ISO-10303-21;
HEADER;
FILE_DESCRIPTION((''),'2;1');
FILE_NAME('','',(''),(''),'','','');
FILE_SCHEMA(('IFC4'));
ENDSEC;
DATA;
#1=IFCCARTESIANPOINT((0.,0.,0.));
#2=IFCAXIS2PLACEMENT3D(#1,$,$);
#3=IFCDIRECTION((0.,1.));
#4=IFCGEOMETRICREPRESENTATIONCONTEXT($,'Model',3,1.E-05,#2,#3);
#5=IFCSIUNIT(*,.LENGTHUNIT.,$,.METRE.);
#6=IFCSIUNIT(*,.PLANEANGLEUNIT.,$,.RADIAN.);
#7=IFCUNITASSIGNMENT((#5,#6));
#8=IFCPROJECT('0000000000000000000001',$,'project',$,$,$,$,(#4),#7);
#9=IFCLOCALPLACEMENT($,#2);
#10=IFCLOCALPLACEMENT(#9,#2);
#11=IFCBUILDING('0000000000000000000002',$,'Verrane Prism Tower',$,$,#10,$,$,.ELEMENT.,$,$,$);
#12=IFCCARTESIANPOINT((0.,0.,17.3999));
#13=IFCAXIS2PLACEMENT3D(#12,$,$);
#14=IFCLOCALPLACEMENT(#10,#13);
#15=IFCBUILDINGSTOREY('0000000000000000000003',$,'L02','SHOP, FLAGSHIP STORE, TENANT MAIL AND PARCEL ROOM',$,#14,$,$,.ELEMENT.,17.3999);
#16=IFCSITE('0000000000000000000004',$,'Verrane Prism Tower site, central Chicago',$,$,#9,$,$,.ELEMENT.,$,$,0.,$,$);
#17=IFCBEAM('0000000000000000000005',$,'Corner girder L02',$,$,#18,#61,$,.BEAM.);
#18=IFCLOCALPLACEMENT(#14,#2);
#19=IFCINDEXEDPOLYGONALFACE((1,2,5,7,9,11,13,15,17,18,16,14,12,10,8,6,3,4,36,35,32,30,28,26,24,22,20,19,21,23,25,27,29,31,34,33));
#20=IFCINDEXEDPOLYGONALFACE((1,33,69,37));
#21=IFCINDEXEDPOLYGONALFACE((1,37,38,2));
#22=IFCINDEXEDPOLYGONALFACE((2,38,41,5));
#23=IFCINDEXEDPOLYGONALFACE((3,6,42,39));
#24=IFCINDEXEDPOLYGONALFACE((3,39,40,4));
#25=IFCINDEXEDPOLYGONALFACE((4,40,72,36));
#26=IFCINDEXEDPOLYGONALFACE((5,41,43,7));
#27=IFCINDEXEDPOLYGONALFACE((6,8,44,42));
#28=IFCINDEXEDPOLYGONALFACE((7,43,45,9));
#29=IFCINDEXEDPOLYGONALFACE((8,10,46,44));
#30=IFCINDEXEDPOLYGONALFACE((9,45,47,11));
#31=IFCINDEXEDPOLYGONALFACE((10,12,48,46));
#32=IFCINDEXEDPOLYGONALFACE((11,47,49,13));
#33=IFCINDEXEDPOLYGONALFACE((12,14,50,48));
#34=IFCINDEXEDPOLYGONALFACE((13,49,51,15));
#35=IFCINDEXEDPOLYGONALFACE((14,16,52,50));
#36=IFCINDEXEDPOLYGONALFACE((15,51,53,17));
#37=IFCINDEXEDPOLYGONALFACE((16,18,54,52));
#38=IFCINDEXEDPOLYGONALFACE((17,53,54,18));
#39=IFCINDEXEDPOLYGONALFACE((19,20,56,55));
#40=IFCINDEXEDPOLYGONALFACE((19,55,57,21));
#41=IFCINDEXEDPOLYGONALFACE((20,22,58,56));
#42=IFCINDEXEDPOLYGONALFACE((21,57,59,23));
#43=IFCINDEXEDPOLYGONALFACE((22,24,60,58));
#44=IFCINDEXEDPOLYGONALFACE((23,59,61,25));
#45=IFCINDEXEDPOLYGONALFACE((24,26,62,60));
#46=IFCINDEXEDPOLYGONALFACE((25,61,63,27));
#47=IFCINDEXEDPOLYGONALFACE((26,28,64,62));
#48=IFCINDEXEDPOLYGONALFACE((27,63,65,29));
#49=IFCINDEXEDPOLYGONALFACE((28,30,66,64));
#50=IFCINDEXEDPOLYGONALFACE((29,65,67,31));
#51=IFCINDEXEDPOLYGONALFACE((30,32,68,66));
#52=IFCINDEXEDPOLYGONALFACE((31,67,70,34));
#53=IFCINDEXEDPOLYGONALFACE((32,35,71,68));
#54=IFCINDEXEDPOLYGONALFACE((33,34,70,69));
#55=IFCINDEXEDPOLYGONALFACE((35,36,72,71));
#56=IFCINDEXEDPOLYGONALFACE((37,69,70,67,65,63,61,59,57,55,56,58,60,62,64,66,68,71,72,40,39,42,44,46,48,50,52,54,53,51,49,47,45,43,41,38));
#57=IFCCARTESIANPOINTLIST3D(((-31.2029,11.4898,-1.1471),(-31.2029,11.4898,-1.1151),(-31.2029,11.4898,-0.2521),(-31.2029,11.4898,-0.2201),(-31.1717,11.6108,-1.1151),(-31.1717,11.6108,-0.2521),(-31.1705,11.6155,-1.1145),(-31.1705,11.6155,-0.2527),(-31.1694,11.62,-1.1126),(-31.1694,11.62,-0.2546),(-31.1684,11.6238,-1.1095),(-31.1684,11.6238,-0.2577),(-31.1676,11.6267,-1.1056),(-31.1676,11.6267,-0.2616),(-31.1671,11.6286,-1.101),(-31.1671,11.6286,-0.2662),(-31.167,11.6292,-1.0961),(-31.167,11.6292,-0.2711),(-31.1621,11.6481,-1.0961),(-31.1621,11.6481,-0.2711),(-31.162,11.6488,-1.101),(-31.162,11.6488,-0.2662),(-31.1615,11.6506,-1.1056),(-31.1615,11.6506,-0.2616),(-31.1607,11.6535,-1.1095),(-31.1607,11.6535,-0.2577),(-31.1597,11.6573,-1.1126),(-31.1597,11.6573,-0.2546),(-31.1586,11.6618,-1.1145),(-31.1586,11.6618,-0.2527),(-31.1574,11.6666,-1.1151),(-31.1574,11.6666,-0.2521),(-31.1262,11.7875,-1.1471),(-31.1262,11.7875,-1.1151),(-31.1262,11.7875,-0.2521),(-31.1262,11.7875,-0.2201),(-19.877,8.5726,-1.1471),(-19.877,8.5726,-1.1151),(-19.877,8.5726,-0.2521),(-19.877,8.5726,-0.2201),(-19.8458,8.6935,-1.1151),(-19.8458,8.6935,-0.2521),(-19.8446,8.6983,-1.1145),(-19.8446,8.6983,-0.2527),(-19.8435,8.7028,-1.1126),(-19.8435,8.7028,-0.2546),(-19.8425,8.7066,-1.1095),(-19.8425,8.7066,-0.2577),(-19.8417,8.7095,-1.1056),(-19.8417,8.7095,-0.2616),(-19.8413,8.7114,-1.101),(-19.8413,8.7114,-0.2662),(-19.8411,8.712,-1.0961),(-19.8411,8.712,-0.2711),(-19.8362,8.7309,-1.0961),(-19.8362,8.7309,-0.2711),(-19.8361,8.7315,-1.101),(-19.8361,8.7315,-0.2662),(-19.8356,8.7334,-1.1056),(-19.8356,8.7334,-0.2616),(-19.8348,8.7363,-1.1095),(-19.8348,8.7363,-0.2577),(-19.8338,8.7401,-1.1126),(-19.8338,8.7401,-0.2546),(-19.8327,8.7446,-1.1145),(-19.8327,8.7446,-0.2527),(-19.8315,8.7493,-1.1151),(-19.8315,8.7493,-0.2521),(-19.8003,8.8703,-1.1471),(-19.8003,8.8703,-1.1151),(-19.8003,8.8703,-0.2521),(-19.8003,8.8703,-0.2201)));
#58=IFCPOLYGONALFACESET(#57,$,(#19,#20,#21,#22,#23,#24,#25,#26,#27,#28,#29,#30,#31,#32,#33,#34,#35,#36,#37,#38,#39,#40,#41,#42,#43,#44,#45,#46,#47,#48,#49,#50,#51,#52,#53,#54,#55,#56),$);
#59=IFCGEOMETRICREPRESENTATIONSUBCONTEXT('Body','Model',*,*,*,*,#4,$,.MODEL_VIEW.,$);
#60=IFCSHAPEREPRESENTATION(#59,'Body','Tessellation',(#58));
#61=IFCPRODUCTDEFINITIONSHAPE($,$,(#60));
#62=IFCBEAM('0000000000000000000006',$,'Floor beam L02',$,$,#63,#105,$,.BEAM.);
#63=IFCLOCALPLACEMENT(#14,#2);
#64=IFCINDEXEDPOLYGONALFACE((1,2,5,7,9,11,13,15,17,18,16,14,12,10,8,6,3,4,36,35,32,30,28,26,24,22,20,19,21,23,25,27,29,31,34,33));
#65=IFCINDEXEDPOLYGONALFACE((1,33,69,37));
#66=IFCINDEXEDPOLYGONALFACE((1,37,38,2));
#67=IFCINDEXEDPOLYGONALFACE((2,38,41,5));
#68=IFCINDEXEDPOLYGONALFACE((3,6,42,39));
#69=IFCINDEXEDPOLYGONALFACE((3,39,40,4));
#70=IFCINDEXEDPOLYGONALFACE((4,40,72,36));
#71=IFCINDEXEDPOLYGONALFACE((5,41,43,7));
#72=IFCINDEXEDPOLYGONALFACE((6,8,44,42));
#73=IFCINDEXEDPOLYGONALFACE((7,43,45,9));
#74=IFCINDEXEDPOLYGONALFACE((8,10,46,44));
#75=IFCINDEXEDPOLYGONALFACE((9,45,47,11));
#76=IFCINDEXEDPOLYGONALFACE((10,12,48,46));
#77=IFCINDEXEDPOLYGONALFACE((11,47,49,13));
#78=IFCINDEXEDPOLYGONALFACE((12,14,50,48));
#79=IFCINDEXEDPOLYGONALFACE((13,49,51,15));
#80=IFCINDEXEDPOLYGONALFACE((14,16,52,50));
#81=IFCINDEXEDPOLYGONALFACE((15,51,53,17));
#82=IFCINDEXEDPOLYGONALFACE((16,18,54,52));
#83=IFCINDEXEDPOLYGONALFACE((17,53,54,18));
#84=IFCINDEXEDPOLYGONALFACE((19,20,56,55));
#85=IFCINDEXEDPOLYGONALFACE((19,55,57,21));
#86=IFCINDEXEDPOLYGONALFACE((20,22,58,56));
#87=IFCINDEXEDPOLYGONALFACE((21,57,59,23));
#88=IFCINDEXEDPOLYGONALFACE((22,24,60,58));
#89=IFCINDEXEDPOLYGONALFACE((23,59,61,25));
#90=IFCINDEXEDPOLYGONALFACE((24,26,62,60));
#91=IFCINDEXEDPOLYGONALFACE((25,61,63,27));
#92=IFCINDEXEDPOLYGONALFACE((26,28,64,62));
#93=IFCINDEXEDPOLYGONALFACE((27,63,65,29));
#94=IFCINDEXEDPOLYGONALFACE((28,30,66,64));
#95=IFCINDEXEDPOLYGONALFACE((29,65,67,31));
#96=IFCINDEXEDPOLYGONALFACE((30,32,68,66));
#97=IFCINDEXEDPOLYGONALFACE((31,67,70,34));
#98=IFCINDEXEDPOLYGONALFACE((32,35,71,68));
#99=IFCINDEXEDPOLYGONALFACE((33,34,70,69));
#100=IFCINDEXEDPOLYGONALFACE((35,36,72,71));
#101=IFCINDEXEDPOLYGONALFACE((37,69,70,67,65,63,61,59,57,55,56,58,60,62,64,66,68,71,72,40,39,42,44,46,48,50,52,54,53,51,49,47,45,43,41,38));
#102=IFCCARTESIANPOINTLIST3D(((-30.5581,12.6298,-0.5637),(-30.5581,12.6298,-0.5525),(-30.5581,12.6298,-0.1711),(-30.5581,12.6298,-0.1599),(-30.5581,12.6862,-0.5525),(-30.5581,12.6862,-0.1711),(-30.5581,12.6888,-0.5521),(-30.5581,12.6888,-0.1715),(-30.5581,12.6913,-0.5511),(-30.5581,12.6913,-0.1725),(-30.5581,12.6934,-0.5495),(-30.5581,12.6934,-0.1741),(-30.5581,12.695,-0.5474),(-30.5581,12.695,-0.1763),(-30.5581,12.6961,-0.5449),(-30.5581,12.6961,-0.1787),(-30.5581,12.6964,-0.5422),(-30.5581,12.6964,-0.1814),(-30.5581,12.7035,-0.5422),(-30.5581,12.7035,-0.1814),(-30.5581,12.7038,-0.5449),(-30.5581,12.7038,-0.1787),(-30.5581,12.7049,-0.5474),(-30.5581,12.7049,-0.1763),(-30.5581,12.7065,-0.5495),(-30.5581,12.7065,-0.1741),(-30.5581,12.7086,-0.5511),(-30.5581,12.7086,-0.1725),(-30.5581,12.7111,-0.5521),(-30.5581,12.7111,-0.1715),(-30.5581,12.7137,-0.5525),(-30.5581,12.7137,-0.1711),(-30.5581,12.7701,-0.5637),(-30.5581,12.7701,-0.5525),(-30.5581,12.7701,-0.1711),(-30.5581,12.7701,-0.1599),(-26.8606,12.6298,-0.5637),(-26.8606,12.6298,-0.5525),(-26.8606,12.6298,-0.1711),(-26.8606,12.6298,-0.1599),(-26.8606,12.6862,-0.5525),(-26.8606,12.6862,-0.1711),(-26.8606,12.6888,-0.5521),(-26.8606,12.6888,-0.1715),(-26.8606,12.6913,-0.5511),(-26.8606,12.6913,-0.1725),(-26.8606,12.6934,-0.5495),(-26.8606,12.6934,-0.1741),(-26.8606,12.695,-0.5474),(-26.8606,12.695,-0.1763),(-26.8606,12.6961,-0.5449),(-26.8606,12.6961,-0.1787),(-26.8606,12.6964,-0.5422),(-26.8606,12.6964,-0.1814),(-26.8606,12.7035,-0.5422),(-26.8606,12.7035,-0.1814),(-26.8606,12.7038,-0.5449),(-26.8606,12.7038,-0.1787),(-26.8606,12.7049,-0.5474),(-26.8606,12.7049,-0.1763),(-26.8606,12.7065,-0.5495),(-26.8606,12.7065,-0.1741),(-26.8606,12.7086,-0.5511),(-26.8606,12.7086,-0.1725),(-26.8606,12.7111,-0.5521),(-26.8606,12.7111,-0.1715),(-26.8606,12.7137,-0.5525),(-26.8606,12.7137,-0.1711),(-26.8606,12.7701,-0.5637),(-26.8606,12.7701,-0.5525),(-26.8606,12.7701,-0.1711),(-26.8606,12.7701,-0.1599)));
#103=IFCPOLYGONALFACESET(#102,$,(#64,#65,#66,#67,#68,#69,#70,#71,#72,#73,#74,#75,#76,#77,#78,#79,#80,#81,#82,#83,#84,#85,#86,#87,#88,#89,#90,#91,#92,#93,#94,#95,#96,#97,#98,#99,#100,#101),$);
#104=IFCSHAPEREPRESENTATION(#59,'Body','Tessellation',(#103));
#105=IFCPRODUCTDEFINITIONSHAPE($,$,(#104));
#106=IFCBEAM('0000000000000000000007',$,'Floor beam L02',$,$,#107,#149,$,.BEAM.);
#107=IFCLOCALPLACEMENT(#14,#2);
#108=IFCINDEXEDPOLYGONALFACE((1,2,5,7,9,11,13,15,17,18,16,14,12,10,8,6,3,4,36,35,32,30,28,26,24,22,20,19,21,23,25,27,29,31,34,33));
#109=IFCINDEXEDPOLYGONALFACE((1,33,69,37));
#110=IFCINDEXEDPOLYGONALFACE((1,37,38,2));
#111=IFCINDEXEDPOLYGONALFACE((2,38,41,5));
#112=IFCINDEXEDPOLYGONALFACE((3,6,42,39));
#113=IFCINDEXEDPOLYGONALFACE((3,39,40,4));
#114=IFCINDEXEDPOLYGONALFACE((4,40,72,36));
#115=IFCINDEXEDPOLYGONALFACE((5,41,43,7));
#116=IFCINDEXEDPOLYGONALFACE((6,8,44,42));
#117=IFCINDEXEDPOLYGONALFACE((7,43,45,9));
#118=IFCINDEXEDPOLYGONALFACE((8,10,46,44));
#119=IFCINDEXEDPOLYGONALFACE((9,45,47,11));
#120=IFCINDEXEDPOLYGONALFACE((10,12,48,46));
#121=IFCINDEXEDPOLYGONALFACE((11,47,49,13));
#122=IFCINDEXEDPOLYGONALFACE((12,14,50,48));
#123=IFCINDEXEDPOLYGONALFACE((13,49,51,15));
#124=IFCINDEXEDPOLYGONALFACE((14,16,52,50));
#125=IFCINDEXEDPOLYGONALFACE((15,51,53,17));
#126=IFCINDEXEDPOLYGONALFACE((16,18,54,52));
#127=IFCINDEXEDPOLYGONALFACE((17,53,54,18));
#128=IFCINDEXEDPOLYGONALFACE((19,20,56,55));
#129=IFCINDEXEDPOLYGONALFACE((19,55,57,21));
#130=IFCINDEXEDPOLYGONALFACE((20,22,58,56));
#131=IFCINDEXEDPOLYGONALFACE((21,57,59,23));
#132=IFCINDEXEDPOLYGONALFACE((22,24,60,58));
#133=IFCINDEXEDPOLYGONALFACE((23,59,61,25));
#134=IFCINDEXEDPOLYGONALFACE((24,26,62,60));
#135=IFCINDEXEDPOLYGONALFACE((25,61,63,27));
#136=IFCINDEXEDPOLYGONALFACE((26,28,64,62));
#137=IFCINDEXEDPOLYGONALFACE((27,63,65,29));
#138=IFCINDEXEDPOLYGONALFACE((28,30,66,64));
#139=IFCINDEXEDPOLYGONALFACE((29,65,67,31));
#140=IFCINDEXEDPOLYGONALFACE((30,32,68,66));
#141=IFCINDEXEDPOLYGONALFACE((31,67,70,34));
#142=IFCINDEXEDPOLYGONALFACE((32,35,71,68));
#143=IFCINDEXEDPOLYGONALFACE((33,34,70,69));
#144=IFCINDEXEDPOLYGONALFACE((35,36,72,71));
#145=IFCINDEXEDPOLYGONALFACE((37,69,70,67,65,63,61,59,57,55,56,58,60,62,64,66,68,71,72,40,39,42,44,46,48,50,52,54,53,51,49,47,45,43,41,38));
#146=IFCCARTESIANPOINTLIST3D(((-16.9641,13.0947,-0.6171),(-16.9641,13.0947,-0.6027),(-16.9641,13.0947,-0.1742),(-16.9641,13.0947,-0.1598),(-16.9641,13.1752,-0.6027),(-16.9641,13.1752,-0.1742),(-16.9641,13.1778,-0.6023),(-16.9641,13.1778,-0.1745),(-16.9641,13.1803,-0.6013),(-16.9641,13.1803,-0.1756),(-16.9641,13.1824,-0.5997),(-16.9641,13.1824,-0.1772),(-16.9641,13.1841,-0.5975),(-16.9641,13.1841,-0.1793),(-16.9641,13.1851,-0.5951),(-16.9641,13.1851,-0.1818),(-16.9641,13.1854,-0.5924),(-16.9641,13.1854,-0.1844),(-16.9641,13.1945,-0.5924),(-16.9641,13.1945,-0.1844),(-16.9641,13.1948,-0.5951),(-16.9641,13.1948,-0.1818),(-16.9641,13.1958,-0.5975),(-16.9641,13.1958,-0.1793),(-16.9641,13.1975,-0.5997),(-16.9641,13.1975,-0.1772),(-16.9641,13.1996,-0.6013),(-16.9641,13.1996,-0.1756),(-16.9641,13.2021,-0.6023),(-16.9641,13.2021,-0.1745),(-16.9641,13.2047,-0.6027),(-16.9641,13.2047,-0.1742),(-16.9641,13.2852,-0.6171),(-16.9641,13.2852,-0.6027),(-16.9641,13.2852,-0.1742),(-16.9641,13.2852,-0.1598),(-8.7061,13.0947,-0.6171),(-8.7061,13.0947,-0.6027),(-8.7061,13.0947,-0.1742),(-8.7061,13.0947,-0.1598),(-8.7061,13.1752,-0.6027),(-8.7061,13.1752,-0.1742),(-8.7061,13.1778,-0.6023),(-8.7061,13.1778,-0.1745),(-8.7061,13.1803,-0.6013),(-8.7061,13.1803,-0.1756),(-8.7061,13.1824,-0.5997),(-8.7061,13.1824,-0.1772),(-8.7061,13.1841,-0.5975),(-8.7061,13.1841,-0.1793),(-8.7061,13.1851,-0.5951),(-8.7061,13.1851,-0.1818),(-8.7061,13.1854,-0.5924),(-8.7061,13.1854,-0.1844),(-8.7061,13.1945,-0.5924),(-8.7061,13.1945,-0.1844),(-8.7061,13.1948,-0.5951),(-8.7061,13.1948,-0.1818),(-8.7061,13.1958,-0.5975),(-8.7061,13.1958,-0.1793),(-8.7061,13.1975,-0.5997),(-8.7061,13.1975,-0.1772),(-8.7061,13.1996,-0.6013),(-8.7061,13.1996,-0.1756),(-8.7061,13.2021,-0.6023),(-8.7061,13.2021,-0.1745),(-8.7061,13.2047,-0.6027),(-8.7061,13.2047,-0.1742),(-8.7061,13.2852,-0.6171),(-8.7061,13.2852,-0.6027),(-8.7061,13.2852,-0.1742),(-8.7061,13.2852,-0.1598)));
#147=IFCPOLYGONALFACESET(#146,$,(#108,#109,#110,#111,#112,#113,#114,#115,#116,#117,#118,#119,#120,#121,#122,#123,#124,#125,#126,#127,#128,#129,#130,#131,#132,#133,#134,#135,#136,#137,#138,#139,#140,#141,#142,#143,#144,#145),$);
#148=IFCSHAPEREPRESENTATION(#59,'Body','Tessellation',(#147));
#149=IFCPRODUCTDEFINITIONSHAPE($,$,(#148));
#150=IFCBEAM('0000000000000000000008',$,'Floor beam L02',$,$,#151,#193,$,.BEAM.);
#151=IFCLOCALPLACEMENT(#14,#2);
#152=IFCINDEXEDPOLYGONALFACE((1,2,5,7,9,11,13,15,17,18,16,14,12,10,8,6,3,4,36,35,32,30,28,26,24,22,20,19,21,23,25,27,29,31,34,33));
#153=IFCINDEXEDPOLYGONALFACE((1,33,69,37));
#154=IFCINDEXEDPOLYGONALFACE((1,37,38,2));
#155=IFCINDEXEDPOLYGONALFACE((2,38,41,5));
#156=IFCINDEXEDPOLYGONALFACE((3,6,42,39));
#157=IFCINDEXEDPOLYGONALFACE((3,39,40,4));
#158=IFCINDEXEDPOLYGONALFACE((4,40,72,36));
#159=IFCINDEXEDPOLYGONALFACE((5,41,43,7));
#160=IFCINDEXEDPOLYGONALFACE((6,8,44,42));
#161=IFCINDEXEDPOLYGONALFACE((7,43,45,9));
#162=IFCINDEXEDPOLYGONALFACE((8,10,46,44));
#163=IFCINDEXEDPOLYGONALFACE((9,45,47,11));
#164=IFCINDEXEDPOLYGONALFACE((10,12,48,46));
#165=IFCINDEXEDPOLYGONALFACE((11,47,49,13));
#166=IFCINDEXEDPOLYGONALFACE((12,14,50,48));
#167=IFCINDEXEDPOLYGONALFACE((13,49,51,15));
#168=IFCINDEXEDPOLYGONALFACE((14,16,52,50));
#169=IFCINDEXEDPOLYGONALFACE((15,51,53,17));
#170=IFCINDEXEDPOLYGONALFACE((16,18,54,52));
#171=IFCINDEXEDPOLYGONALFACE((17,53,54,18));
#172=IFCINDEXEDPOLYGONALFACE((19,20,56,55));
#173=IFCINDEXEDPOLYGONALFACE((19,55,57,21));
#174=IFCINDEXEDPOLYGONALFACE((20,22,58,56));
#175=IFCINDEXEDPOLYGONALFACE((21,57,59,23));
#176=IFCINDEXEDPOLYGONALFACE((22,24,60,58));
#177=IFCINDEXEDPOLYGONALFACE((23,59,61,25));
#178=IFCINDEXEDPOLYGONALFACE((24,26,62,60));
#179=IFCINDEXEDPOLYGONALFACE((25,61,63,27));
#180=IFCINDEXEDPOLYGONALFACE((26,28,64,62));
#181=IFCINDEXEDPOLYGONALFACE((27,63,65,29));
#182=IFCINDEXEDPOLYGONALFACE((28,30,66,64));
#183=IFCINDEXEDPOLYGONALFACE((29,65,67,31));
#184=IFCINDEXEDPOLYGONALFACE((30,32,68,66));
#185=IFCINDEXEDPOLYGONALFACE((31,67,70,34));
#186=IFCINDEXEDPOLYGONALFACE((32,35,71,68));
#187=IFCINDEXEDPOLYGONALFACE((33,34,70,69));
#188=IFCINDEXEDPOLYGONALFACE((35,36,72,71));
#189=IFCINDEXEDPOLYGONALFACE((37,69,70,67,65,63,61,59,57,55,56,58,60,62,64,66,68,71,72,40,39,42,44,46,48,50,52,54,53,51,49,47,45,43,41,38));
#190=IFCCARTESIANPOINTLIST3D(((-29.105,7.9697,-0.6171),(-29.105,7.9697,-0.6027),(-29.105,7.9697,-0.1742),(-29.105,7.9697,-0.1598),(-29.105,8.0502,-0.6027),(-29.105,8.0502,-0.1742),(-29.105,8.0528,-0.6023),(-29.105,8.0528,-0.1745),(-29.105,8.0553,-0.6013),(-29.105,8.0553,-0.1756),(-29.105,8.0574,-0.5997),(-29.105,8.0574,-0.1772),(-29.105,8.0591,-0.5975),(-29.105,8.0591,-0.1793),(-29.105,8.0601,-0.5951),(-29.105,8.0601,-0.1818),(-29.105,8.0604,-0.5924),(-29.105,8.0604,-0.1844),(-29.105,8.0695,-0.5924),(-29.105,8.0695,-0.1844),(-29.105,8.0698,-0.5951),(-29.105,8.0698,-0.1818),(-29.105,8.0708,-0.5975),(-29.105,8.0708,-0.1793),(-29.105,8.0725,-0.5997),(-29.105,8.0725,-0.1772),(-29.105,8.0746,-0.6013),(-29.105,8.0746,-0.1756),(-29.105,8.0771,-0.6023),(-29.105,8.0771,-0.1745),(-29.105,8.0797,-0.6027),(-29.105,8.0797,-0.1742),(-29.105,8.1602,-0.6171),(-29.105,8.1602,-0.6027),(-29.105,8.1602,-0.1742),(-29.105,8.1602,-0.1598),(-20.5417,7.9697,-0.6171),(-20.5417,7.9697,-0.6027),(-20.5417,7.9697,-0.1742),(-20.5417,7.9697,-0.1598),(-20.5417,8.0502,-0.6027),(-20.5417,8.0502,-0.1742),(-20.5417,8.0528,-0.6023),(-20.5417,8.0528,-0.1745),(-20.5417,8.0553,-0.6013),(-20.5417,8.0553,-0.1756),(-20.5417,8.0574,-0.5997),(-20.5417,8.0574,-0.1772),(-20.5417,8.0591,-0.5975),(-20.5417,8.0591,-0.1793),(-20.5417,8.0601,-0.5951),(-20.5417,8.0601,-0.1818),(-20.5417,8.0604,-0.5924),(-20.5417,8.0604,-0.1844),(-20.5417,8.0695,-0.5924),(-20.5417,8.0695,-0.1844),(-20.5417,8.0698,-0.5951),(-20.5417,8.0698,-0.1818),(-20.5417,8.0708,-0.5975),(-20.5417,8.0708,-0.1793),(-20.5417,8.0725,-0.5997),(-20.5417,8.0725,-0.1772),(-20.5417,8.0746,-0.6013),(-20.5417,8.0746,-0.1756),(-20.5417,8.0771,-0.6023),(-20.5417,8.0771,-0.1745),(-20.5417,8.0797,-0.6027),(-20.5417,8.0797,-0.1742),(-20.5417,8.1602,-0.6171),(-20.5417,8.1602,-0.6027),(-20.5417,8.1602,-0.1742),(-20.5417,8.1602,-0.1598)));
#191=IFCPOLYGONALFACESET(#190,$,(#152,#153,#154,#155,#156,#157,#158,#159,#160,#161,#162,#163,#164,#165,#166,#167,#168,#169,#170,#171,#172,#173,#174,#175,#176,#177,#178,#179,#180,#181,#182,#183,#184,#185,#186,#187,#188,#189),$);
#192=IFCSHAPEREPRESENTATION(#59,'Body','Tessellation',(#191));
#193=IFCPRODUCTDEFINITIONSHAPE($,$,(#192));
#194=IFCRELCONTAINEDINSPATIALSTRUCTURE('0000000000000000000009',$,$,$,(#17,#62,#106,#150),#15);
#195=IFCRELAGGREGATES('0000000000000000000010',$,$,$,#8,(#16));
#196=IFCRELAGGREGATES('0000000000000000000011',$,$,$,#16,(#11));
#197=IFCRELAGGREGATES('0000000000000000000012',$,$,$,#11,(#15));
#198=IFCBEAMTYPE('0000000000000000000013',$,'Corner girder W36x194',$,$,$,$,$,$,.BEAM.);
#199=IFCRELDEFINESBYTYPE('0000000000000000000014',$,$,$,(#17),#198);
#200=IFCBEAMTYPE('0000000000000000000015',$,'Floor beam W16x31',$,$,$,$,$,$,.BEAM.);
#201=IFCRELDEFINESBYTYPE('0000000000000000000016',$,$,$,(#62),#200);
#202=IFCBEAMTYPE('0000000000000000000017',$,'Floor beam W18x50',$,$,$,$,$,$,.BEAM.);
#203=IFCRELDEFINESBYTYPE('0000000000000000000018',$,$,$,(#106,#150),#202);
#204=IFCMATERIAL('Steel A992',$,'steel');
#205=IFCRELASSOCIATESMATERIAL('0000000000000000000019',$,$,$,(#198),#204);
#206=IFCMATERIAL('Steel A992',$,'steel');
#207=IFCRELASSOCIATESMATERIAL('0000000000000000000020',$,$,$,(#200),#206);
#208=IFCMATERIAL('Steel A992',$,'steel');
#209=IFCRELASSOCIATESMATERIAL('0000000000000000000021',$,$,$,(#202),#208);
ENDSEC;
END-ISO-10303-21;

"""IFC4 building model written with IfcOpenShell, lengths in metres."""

from ifc_helpers import new_model, si_unit, direction, frame, origin, origin_2d, place, context, subcontext, project, spatial, i_section, extrude, material, material_profile, profile_set, type_object, element, save


model = new_model("IFC4")

# Units and contexts
model_context = context("Model", 3, precision=1e-05, world=origin(), true_north=direction((0.0, 1.0)))
body_context = subcontext(model_context, "Body", "Model", "MODEL_VIEW")
ifc_project = project(units=[si_unit("LENGTHUNIT", "METRE"), si_unit("PLANEANGLEUNIT", "RADIAN")], contexts=[model_context])

# Site, building, storey
site_placement = place(None, origin())
site = spatial("IfcSite", under=ifc_project, at=site_placement, Name="Verrane Prism Tower site, central Chicago", CompositionType="ELEMENT", RefElevation=0.0)
building_placement = place(site_placement, origin())
building = spatial("IfcBuilding", under=site, at=building_placement, Name="Verrane Prism Tower", CompositionType="ELEMENT")
storey_placement = place(building_placement, frame((0.0, 0.0, 17.3999)))
storey = spatial("IfcBuildingStorey", under=building, at=storey_placement, Name="L02", Description="SHOP, FLAGSHIP STORE, TENANT MAIL AND PARCEL ROOM", CompositionType="ELEMENT", Elevation=17.3999)

# Beams
ifc_material_1 = material(Name="Steel A992", Category="steel")
ifc_material_profile_1 = material_profile(ifc_material_1, i_section(OverallWidth=0.3074, OverallDepth=0.927, WebThickness=0.0195, FlangeThickness=0.032, FilletRadius=0.019, at=origin_2d()), Name="W36x194")
ifc_profile_set_1 = profile_set([ifc_material_profile_1], Name="Steel A992")
beam_type_1 = type_object("IfcBeamType", Name="Corner girder W36x194", PredefinedType="BEAM", material=ifc_profile_set_1)
beam_1_placement = place(storey_placement, frame((-31.1646, 11.6387, -0.6836), z_axis=(0.968393, -0.24943, 0.0), x_axis=(0.24943, 0.968393, 0.0)))
element("IfcBeam", 1, at=beam_1_placement, inside=storey, type_object=beam_type_1, Name="Corner girder L02", PredefinedType="BEAM", context=body_context, shape_type="SweptSolid", body=[
    extrude(i_section(OverallWidth=0.3074, OverallDepth=0.927, WebThickness=0.0195, FlangeThickness=0.032, FilletRadius=0.019, at=origin_2d()), origin(), (0.0, 0.0, 1.0), 11.6956),
])
ifc_material_2 = material(Name="Steel A992", Category="steel")
ifc_material_profile_2 = material_profile(ifc_material_2, i_section(OverallWidth=0.1404, OverallDepth=0.4038, WebThickness=0.0071, FlangeThickness=0.0112, FilletRadius=0.0103, at=origin_2d()), Name="W16x31")
ifc_profile_set_2 = profile_set([ifc_material_profile_2], Name="Steel A992")
beam_type_2 = type_object("IfcBeamType", Name="Floor beam W16x31", PredefinedType="BEAM", material=ifc_profile_set_2)
beam_2_placement = place(storey_placement, frame((-30.5581, 12.7, -0.3618), z_axis=(1.0, 0.0, 0.0), x_axis=(0.0, 1.0, 0.0)))
element("IfcBeam", 2, at=beam_2_placement, inside=storey, type_object=beam_type_2, Name="Floor beam L02", PredefinedType="BEAM", context=body_context, shape_type="SweptSolid", body=[
    extrude(i_section(OverallWidth=0.1404, OverallDepth=0.4038, WebThickness=0.0071, FlangeThickness=0.0112, FilletRadius=0.0103, at=origin_2d()), origin(), (0.0, 0.0, 1.0), 3.6975),
])
ifc_material_3 = material(Name="Steel A992", Category="steel")
ifc_material_profile_3 = material_profile(ifc_material_3, i_section(OverallWidth=0.1904, OverallDepth=0.4573, WebThickness=0.009, FlangeThickness=0.0144, FilletRadius=0.0103, at=origin_2d()), Name="W18x50")
ifc_profile_set_3 = profile_set([ifc_material_profile_3], Name="Steel A992")
beam_type_3 = type_object("IfcBeamType", Name="Floor beam W18x50", PredefinedType="BEAM", material=ifc_profile_set_3)
beam_3_placement = place(storey_placement, frame((-16.9641, 13.1899, -0.3884), z_axis=(1.0, 0.0, 0.0), x_axis=(0.0, 1.0, 0.0)))
element("IfcBeam", 3, at=beam_3_placement, inside=storey, type_object=beam_type_3, Name="Floor beam L02", PredefinedType="BEAM", context=body_context, shape_type="SweptSolid", body=[
    extrude(i_section(OverallWidth=0.1904, OverallDepth=0.4573, WebThickness=0.009, FlangeThickness=0.0144, FilletRadius=0.0103, at=origin_2d()), origin(), (0.0, 0.0, 1.0), 8.2581),
])
beam_4_placement = place(storey_placement, frame((-29.105, 8.0649, -0.3884), z_axis=(1.0, 0.0, 0.0), x_axis=(0.0, 1.0, 0.0)))
element("IfcBeam", 4, at=beam_4_placement, inside=storey, type_object=beam_type_3, Name="Floor beam L02", PredefinedType="BEAM", context=body_context, shape_type="SweptSolid", body=[
    extrude(i_section(OverallWidth=0.1904, OverallDepth=0.4573, WebThickness=0.009, FlangeThickness=0.0144, FilletRadius=0.0103, at=origin_2d()), origin(), (0.0, 0.0, 1.0), 8.5632),
])

save(model, "model.ifc")
